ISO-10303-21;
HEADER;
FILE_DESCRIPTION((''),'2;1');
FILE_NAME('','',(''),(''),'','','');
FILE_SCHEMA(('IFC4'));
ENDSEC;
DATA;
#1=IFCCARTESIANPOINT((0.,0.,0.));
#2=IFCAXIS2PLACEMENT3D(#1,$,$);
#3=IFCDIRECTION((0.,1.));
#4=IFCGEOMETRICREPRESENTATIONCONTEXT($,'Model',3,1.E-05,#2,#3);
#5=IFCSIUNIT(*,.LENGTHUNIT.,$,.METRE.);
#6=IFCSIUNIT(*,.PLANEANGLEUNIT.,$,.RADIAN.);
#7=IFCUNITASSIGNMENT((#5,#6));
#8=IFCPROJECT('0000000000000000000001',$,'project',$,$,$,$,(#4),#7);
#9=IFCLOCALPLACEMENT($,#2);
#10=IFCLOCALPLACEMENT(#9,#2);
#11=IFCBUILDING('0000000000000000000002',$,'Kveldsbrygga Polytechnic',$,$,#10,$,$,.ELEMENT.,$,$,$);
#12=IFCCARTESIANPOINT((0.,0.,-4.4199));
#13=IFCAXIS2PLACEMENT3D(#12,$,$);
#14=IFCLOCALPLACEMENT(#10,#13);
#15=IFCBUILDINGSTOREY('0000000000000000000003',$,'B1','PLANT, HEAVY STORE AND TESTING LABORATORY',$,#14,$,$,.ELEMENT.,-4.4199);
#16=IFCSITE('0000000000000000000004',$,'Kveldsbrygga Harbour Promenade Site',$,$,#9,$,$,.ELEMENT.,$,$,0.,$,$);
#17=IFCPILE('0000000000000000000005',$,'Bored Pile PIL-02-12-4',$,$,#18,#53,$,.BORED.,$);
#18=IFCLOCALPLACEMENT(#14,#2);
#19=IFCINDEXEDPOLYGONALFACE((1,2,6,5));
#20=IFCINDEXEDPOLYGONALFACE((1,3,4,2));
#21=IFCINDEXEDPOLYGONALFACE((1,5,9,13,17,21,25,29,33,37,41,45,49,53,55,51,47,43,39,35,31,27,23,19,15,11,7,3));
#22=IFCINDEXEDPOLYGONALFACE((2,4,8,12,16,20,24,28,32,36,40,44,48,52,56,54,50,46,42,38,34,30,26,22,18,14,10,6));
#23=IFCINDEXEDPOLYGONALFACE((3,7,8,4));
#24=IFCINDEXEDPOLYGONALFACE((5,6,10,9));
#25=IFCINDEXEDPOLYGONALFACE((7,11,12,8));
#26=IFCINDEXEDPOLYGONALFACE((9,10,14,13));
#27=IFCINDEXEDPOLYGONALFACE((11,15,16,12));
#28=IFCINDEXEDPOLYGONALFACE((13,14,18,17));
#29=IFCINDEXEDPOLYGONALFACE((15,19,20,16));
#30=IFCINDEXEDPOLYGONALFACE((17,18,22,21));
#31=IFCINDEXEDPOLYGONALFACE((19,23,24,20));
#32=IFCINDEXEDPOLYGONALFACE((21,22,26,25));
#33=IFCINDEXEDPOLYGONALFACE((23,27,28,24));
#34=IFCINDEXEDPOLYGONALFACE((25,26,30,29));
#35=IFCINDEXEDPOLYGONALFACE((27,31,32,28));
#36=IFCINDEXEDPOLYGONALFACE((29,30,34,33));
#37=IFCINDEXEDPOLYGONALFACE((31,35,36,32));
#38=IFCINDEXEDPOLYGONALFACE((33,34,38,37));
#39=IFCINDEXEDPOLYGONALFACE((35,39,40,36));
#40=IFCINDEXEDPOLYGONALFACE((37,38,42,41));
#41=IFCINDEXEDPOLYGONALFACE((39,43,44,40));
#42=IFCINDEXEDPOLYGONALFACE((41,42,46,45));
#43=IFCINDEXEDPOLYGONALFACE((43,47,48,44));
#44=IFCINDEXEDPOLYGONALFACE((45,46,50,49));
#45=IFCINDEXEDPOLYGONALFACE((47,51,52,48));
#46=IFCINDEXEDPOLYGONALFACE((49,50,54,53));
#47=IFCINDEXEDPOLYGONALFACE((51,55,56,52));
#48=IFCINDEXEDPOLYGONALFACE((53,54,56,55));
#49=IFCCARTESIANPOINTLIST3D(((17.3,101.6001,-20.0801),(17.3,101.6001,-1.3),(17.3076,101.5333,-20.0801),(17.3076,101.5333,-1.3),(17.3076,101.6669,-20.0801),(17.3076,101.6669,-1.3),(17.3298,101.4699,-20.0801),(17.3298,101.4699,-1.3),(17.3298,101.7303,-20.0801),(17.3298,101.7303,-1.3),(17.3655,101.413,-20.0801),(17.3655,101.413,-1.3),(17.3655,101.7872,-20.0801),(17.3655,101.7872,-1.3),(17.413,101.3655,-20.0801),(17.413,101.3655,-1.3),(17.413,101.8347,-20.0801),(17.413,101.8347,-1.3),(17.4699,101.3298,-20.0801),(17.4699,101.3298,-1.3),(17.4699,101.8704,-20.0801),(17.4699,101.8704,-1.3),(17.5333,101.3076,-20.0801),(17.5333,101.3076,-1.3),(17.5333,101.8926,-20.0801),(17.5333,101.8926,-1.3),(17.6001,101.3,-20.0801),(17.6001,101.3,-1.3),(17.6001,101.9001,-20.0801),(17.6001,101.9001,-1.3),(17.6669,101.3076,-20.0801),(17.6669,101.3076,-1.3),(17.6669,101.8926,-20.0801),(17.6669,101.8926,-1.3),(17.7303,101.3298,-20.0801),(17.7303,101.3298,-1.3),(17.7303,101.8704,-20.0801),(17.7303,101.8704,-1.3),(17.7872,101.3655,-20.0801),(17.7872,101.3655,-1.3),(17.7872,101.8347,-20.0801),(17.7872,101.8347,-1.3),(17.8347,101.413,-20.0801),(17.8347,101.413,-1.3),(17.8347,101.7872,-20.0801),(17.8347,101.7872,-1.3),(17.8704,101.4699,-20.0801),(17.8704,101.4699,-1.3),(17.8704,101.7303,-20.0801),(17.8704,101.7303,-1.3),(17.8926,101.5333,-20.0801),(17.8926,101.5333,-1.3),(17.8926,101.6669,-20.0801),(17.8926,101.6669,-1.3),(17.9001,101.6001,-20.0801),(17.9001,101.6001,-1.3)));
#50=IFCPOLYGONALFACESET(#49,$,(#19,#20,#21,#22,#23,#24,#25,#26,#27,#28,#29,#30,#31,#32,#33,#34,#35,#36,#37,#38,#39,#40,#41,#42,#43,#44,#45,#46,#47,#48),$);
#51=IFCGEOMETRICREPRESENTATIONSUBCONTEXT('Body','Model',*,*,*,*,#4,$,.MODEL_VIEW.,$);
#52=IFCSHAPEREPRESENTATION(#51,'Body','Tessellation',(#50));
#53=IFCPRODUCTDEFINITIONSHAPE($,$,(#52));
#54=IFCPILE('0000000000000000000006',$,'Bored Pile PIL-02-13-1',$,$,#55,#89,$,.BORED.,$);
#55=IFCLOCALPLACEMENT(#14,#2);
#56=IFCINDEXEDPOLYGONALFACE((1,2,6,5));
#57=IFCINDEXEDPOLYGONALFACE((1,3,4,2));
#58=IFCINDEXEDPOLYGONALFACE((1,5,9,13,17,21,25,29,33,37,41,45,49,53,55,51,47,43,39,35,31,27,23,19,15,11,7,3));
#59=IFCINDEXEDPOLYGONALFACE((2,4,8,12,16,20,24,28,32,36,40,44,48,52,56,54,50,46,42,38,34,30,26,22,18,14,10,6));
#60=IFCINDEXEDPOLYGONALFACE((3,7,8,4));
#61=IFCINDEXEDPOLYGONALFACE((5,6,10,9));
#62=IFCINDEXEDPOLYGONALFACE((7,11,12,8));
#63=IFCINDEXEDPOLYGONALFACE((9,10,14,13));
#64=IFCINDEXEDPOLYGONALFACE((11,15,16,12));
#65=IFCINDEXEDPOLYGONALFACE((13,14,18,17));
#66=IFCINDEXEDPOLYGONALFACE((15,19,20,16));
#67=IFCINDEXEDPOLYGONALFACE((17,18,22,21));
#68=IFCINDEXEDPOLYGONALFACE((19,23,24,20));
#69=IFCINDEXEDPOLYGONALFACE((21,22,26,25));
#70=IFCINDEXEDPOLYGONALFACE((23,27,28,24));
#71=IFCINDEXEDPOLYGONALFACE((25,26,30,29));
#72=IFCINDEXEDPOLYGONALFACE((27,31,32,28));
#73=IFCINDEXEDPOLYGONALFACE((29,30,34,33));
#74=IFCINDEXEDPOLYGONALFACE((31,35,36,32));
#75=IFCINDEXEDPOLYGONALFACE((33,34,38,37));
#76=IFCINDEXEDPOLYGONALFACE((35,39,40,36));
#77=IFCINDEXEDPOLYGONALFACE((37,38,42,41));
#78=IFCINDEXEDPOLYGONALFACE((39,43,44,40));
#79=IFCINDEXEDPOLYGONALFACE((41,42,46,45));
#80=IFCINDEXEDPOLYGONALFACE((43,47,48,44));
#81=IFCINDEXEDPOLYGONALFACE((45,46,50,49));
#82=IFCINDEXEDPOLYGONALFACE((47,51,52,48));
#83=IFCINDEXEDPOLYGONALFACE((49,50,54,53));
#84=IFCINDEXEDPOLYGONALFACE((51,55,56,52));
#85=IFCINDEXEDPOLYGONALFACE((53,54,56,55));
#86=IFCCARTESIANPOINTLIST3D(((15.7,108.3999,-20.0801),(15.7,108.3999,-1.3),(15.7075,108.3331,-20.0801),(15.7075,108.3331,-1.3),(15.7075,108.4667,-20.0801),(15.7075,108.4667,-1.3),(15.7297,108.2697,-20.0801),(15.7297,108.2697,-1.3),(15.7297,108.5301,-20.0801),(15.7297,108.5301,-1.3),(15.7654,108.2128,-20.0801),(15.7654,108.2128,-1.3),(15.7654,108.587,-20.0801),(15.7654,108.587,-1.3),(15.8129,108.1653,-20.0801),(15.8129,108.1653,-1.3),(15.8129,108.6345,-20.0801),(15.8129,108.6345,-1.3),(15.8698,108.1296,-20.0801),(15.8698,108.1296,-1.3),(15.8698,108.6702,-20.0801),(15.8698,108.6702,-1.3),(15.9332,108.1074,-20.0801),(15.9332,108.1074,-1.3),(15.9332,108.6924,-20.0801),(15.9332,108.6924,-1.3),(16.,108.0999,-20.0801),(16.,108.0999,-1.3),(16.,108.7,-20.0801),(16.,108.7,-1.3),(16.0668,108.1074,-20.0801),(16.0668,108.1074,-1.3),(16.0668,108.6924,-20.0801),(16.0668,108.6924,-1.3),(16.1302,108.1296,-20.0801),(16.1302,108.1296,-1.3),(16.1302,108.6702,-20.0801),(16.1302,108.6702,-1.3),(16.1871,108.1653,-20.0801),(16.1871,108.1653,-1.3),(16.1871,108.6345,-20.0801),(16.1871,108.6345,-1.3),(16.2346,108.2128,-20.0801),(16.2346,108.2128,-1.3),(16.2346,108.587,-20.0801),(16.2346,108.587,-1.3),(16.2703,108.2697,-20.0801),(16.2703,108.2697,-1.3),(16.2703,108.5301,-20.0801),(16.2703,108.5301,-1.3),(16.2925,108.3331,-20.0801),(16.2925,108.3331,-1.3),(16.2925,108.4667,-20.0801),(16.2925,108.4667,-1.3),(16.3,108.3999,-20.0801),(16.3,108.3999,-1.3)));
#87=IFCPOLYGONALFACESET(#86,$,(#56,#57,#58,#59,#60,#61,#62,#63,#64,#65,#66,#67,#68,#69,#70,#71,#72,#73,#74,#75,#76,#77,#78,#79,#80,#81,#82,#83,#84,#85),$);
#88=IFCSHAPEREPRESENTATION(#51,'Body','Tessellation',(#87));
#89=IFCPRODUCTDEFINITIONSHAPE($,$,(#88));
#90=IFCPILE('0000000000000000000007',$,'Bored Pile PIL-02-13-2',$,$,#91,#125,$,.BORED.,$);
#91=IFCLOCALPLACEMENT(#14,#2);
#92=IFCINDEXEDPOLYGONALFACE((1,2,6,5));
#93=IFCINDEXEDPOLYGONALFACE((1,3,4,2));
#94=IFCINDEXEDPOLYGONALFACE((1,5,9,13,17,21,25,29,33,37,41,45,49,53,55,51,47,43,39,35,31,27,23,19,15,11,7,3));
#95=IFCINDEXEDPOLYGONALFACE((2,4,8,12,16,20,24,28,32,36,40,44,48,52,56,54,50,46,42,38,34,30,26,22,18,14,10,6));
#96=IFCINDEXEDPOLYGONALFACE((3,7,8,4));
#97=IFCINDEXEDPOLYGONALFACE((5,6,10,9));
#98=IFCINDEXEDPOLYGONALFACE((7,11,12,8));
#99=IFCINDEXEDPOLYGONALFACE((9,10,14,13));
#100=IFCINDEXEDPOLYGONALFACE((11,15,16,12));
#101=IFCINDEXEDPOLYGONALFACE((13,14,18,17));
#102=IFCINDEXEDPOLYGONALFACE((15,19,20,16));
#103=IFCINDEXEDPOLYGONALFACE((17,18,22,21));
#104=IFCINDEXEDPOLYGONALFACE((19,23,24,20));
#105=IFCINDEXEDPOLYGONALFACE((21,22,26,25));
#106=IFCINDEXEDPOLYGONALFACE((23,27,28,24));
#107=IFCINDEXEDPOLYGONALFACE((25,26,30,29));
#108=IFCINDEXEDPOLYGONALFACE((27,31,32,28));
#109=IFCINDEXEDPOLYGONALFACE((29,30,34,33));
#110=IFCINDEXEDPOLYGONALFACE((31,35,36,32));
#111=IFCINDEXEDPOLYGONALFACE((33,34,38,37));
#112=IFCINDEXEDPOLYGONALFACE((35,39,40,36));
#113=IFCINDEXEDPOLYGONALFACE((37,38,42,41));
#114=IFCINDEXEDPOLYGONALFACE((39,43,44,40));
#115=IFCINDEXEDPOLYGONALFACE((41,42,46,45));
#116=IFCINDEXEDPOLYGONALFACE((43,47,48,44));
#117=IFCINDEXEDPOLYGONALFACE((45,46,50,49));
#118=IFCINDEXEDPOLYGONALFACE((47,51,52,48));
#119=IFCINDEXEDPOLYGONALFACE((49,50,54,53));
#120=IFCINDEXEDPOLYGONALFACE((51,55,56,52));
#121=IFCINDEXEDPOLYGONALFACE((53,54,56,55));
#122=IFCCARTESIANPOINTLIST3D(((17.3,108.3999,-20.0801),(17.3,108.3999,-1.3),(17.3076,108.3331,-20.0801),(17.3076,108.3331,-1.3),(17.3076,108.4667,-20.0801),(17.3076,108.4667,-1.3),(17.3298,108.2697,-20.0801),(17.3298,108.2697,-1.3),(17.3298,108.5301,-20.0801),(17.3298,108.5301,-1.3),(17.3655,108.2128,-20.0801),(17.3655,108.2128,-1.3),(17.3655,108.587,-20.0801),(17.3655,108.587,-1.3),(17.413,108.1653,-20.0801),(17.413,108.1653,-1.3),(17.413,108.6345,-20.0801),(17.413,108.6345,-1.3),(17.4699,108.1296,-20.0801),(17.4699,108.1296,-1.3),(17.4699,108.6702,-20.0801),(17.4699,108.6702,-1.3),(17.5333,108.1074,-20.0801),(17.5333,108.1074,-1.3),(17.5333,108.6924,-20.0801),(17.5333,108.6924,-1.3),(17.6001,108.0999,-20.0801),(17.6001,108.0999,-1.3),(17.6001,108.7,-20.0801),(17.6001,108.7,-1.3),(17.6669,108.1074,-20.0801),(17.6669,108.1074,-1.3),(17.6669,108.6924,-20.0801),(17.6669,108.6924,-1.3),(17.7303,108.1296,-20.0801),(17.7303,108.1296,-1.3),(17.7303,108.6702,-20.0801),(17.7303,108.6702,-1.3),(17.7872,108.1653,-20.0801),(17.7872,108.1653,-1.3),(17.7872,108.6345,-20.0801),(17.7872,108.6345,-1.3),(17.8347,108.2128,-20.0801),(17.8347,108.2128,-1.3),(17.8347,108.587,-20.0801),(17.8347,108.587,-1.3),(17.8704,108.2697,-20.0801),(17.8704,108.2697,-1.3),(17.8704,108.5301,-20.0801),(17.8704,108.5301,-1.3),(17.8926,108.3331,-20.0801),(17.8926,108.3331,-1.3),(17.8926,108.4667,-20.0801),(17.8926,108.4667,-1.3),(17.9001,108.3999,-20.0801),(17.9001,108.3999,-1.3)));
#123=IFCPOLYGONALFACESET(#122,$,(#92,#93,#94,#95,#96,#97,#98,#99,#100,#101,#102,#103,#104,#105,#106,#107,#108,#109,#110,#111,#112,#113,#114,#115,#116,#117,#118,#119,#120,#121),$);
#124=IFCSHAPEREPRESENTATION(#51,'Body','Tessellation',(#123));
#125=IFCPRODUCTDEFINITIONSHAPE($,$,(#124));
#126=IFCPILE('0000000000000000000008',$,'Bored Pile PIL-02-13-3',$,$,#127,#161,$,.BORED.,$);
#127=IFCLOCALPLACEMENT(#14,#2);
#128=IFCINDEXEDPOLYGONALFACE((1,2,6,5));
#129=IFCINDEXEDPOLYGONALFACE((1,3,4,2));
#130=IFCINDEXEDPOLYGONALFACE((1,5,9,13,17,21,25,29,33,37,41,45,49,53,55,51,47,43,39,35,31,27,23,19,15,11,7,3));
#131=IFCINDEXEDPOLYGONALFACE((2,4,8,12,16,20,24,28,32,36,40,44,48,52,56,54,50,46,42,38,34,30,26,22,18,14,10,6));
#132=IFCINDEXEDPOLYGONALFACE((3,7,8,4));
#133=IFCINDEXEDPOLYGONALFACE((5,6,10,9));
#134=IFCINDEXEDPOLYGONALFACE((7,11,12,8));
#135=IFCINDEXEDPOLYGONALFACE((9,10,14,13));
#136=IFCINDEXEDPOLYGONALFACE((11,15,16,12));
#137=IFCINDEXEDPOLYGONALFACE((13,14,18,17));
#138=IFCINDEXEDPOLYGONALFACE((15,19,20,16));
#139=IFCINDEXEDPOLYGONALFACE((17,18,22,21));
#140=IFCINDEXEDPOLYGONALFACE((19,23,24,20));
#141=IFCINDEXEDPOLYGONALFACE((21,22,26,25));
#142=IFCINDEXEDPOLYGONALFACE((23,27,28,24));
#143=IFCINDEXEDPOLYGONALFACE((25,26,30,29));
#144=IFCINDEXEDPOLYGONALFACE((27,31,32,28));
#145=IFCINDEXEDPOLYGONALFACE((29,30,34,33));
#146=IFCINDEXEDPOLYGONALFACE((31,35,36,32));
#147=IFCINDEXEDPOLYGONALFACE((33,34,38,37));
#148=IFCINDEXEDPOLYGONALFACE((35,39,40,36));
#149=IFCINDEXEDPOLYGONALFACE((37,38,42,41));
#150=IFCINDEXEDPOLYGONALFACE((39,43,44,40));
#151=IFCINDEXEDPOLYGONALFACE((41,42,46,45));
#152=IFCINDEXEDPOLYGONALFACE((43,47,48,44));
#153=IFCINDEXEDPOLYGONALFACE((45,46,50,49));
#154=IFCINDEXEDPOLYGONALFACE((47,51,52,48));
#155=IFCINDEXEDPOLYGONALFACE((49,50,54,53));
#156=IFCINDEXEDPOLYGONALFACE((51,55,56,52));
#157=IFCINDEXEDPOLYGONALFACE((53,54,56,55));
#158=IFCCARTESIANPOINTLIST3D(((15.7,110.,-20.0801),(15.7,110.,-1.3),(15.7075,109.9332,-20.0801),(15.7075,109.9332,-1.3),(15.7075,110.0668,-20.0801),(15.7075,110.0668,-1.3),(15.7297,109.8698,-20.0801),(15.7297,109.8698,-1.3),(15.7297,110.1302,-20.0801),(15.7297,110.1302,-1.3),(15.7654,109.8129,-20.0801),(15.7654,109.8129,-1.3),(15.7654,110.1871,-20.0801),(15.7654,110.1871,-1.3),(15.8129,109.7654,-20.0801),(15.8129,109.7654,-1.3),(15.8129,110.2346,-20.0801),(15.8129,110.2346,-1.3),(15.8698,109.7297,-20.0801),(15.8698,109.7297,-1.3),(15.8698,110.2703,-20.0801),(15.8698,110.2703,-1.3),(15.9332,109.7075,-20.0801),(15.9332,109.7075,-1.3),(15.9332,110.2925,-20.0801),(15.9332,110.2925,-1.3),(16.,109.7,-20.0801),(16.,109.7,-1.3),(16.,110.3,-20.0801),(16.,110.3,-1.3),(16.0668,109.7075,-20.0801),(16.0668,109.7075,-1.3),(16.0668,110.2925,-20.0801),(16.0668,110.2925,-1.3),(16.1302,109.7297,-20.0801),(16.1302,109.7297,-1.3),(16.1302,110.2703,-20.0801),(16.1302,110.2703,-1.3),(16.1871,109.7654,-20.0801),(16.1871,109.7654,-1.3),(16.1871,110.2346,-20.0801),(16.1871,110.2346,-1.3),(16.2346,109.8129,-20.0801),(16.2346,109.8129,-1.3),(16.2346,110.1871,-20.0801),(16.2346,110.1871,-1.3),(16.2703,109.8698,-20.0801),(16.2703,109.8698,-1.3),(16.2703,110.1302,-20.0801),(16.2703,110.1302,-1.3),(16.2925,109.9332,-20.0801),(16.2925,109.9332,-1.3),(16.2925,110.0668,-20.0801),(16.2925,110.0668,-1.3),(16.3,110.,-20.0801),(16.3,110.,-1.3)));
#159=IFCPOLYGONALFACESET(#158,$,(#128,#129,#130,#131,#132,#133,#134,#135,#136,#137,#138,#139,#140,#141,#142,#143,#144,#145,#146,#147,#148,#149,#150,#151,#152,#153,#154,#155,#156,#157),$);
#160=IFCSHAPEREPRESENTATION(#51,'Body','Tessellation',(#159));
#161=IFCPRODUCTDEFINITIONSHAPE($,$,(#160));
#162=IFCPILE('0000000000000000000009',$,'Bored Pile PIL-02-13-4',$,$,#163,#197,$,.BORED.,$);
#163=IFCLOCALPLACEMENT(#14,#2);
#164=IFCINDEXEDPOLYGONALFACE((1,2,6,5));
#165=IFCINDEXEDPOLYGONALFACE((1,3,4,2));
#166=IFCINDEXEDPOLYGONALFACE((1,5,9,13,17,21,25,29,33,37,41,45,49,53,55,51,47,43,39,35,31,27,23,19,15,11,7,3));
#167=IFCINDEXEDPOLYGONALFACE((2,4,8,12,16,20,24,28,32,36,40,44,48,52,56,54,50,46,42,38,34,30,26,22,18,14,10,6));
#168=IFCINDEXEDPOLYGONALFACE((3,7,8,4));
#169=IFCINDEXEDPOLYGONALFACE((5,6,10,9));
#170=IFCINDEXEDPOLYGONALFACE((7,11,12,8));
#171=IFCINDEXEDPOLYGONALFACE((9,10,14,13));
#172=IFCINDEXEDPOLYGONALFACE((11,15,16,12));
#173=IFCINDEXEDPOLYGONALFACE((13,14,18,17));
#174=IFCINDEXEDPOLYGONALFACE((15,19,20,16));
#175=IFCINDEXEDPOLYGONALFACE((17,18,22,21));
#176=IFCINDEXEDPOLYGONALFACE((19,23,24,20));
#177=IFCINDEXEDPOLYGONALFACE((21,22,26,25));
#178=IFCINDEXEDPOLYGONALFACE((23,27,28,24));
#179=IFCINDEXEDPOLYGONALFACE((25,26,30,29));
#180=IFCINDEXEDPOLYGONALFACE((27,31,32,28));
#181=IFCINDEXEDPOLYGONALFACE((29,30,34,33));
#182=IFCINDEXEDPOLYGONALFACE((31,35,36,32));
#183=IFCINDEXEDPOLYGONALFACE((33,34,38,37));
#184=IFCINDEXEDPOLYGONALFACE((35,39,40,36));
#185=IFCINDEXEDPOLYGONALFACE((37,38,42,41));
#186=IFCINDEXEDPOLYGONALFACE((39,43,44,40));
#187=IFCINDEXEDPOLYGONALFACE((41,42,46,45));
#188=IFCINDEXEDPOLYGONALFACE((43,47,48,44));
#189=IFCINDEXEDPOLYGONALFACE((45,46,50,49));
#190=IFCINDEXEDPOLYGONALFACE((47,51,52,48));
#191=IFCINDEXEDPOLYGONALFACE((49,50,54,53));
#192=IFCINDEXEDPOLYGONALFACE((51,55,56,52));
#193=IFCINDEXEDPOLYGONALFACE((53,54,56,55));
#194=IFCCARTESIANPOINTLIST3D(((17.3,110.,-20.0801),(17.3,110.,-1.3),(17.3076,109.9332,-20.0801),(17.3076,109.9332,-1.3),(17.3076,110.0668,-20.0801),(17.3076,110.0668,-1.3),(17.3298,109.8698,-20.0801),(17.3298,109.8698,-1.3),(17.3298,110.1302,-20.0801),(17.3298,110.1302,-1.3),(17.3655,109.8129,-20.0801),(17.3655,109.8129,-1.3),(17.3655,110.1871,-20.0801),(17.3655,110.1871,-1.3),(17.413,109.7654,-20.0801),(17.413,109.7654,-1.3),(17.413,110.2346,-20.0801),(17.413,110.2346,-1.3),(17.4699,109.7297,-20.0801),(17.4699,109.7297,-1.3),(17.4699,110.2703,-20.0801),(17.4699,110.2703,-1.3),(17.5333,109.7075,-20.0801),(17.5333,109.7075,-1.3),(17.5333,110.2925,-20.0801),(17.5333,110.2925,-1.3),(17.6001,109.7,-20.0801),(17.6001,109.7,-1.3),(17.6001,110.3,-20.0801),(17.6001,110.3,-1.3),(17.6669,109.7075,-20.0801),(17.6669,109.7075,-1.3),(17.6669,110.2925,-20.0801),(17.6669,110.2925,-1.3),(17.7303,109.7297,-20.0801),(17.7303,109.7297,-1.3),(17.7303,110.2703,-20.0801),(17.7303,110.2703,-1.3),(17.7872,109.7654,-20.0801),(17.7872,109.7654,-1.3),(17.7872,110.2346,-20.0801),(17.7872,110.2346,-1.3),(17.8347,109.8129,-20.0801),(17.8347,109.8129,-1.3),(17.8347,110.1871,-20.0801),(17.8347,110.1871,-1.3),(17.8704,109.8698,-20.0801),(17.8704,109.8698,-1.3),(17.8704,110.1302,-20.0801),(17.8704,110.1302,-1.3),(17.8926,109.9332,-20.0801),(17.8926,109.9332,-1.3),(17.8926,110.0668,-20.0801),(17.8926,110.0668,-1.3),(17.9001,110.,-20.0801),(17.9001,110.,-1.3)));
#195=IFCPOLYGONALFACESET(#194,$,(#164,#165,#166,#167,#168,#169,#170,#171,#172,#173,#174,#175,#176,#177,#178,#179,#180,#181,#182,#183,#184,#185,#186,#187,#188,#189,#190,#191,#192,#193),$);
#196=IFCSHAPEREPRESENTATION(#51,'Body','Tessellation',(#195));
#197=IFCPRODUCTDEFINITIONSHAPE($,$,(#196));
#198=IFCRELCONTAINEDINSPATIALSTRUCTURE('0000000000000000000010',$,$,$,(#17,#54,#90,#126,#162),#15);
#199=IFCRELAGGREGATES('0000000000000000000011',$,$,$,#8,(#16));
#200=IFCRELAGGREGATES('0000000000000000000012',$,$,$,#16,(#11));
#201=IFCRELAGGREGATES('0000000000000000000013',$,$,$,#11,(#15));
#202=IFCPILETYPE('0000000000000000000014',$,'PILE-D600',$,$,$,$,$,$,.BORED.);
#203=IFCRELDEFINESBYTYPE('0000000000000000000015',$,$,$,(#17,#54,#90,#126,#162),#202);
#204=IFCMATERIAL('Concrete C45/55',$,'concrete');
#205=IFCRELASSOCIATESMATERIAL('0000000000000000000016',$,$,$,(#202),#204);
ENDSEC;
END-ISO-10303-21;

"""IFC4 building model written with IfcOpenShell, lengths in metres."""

from ifc_helpers import new_model, si_unit, direction, frame, origin, origin_2d, place, context, subcontext, project, spatial, circle, extrude, material, material_profile, profile_set, type_object, element, save


model = new_model("IFC4")

# Units and contexts
model_context = context("Model", 3, precision=1e-05, world=origin(), true_north=direction((0.0, 1.0)))
body_context = subcontext(model_context, "Body", "Model", "MODEL_VIEW")
ifc_project = project(units=[si_unit("LENGTHUNIT", "METRE"), si_unit("PLANEANGLEUNIT", "RADIAN")], contexts=[model_context])

# Site, building, storey
site_placement = place(None, origin())
site = spatial("IfcSite", under=ifc_project, at=site_placement, Name="Kveldsbrygga Harbour Promenade Site", CompositionType="ELEMENT", RefElevation=0.0)
building_placement = place(site_placement, origin())
building = spatial("IfcBuilding", under=site, at=building_placement, Name="Kveldsbrygga Polytechnic", CompositionType="ELEMENT")
storey_placement = place(building_placement, frame((0.0, 0.0, -4.4199)))
storey = spatial("IfcBuildingStorey", under=building, at=storey_placement, Name="B1", Description="PLANT, HEAVY STORE AND TESTING LABORATORY", CompositionType="ELEMENT", Elevation=-4.4199)

# Shared definitions
ifc_material_1 = material(Name="Concrete C45/55", Category="concrete")

# Piles
ifc_material_profile_1 = material_profile(ifc_material_1, circle(Radius=0.3, at=origin_2d()), Name="PILE D600")
ifc_profile_set_1 = profile_set([ifc_material_profile_1], Name="Concrete C45/55")
pile_type = type_object("IfcPileType", Name="PILE-D600", PredefinedType="BORED", material=ifc_profile_set_1)
for number, where, z_axis, x_axis, name in (
    (1, (17.6001, 101.6001, -1.3), (0.0, 0.0, -1.0), (1.0, 0.0, 0.0), "Bored Pile PIL-02-12-4"),
    (2, (16.0, 108.3999, -1.3), (0.0, 0.0, -1.0), (1.0, 0.0, 0.0), "Bored Pile PIL-02-13-1"),
    (3, (17.6001, 108.3999, -1.3), (0.0, 0.0, -1.0), (1.0, 0.0, 0.0), "Bored Pile PIL-02-13-2"),
    (4, (16.0, 110.0, -1.3), (0.0, 0.0, -1.0), (1.0, 0.0, 0.0), "Bored Pile PIL-02-13-3"),
    (5, (17.6001, 110.0, -1.3), (0.0, 0.0, -1.0), (1.0, 0.0, 0.0), "Bored Pile PIL-02-13-4"),
):
    element("IfcPile", number, at=place(storey_placement, frame(where, z_axis=z_axis, x_axis=x_axis)), inside=storey, type_object=pile_type, Name=name, PredefinedType="BORED", context=body_context, shape_type="SweptSolid", body=[
        extrude(circle(Radius=0.3, at=origin_2d()), origin(), (0.0, 0.0, 1.0), 18.78),
    ])

save(model, "model.ifc")
